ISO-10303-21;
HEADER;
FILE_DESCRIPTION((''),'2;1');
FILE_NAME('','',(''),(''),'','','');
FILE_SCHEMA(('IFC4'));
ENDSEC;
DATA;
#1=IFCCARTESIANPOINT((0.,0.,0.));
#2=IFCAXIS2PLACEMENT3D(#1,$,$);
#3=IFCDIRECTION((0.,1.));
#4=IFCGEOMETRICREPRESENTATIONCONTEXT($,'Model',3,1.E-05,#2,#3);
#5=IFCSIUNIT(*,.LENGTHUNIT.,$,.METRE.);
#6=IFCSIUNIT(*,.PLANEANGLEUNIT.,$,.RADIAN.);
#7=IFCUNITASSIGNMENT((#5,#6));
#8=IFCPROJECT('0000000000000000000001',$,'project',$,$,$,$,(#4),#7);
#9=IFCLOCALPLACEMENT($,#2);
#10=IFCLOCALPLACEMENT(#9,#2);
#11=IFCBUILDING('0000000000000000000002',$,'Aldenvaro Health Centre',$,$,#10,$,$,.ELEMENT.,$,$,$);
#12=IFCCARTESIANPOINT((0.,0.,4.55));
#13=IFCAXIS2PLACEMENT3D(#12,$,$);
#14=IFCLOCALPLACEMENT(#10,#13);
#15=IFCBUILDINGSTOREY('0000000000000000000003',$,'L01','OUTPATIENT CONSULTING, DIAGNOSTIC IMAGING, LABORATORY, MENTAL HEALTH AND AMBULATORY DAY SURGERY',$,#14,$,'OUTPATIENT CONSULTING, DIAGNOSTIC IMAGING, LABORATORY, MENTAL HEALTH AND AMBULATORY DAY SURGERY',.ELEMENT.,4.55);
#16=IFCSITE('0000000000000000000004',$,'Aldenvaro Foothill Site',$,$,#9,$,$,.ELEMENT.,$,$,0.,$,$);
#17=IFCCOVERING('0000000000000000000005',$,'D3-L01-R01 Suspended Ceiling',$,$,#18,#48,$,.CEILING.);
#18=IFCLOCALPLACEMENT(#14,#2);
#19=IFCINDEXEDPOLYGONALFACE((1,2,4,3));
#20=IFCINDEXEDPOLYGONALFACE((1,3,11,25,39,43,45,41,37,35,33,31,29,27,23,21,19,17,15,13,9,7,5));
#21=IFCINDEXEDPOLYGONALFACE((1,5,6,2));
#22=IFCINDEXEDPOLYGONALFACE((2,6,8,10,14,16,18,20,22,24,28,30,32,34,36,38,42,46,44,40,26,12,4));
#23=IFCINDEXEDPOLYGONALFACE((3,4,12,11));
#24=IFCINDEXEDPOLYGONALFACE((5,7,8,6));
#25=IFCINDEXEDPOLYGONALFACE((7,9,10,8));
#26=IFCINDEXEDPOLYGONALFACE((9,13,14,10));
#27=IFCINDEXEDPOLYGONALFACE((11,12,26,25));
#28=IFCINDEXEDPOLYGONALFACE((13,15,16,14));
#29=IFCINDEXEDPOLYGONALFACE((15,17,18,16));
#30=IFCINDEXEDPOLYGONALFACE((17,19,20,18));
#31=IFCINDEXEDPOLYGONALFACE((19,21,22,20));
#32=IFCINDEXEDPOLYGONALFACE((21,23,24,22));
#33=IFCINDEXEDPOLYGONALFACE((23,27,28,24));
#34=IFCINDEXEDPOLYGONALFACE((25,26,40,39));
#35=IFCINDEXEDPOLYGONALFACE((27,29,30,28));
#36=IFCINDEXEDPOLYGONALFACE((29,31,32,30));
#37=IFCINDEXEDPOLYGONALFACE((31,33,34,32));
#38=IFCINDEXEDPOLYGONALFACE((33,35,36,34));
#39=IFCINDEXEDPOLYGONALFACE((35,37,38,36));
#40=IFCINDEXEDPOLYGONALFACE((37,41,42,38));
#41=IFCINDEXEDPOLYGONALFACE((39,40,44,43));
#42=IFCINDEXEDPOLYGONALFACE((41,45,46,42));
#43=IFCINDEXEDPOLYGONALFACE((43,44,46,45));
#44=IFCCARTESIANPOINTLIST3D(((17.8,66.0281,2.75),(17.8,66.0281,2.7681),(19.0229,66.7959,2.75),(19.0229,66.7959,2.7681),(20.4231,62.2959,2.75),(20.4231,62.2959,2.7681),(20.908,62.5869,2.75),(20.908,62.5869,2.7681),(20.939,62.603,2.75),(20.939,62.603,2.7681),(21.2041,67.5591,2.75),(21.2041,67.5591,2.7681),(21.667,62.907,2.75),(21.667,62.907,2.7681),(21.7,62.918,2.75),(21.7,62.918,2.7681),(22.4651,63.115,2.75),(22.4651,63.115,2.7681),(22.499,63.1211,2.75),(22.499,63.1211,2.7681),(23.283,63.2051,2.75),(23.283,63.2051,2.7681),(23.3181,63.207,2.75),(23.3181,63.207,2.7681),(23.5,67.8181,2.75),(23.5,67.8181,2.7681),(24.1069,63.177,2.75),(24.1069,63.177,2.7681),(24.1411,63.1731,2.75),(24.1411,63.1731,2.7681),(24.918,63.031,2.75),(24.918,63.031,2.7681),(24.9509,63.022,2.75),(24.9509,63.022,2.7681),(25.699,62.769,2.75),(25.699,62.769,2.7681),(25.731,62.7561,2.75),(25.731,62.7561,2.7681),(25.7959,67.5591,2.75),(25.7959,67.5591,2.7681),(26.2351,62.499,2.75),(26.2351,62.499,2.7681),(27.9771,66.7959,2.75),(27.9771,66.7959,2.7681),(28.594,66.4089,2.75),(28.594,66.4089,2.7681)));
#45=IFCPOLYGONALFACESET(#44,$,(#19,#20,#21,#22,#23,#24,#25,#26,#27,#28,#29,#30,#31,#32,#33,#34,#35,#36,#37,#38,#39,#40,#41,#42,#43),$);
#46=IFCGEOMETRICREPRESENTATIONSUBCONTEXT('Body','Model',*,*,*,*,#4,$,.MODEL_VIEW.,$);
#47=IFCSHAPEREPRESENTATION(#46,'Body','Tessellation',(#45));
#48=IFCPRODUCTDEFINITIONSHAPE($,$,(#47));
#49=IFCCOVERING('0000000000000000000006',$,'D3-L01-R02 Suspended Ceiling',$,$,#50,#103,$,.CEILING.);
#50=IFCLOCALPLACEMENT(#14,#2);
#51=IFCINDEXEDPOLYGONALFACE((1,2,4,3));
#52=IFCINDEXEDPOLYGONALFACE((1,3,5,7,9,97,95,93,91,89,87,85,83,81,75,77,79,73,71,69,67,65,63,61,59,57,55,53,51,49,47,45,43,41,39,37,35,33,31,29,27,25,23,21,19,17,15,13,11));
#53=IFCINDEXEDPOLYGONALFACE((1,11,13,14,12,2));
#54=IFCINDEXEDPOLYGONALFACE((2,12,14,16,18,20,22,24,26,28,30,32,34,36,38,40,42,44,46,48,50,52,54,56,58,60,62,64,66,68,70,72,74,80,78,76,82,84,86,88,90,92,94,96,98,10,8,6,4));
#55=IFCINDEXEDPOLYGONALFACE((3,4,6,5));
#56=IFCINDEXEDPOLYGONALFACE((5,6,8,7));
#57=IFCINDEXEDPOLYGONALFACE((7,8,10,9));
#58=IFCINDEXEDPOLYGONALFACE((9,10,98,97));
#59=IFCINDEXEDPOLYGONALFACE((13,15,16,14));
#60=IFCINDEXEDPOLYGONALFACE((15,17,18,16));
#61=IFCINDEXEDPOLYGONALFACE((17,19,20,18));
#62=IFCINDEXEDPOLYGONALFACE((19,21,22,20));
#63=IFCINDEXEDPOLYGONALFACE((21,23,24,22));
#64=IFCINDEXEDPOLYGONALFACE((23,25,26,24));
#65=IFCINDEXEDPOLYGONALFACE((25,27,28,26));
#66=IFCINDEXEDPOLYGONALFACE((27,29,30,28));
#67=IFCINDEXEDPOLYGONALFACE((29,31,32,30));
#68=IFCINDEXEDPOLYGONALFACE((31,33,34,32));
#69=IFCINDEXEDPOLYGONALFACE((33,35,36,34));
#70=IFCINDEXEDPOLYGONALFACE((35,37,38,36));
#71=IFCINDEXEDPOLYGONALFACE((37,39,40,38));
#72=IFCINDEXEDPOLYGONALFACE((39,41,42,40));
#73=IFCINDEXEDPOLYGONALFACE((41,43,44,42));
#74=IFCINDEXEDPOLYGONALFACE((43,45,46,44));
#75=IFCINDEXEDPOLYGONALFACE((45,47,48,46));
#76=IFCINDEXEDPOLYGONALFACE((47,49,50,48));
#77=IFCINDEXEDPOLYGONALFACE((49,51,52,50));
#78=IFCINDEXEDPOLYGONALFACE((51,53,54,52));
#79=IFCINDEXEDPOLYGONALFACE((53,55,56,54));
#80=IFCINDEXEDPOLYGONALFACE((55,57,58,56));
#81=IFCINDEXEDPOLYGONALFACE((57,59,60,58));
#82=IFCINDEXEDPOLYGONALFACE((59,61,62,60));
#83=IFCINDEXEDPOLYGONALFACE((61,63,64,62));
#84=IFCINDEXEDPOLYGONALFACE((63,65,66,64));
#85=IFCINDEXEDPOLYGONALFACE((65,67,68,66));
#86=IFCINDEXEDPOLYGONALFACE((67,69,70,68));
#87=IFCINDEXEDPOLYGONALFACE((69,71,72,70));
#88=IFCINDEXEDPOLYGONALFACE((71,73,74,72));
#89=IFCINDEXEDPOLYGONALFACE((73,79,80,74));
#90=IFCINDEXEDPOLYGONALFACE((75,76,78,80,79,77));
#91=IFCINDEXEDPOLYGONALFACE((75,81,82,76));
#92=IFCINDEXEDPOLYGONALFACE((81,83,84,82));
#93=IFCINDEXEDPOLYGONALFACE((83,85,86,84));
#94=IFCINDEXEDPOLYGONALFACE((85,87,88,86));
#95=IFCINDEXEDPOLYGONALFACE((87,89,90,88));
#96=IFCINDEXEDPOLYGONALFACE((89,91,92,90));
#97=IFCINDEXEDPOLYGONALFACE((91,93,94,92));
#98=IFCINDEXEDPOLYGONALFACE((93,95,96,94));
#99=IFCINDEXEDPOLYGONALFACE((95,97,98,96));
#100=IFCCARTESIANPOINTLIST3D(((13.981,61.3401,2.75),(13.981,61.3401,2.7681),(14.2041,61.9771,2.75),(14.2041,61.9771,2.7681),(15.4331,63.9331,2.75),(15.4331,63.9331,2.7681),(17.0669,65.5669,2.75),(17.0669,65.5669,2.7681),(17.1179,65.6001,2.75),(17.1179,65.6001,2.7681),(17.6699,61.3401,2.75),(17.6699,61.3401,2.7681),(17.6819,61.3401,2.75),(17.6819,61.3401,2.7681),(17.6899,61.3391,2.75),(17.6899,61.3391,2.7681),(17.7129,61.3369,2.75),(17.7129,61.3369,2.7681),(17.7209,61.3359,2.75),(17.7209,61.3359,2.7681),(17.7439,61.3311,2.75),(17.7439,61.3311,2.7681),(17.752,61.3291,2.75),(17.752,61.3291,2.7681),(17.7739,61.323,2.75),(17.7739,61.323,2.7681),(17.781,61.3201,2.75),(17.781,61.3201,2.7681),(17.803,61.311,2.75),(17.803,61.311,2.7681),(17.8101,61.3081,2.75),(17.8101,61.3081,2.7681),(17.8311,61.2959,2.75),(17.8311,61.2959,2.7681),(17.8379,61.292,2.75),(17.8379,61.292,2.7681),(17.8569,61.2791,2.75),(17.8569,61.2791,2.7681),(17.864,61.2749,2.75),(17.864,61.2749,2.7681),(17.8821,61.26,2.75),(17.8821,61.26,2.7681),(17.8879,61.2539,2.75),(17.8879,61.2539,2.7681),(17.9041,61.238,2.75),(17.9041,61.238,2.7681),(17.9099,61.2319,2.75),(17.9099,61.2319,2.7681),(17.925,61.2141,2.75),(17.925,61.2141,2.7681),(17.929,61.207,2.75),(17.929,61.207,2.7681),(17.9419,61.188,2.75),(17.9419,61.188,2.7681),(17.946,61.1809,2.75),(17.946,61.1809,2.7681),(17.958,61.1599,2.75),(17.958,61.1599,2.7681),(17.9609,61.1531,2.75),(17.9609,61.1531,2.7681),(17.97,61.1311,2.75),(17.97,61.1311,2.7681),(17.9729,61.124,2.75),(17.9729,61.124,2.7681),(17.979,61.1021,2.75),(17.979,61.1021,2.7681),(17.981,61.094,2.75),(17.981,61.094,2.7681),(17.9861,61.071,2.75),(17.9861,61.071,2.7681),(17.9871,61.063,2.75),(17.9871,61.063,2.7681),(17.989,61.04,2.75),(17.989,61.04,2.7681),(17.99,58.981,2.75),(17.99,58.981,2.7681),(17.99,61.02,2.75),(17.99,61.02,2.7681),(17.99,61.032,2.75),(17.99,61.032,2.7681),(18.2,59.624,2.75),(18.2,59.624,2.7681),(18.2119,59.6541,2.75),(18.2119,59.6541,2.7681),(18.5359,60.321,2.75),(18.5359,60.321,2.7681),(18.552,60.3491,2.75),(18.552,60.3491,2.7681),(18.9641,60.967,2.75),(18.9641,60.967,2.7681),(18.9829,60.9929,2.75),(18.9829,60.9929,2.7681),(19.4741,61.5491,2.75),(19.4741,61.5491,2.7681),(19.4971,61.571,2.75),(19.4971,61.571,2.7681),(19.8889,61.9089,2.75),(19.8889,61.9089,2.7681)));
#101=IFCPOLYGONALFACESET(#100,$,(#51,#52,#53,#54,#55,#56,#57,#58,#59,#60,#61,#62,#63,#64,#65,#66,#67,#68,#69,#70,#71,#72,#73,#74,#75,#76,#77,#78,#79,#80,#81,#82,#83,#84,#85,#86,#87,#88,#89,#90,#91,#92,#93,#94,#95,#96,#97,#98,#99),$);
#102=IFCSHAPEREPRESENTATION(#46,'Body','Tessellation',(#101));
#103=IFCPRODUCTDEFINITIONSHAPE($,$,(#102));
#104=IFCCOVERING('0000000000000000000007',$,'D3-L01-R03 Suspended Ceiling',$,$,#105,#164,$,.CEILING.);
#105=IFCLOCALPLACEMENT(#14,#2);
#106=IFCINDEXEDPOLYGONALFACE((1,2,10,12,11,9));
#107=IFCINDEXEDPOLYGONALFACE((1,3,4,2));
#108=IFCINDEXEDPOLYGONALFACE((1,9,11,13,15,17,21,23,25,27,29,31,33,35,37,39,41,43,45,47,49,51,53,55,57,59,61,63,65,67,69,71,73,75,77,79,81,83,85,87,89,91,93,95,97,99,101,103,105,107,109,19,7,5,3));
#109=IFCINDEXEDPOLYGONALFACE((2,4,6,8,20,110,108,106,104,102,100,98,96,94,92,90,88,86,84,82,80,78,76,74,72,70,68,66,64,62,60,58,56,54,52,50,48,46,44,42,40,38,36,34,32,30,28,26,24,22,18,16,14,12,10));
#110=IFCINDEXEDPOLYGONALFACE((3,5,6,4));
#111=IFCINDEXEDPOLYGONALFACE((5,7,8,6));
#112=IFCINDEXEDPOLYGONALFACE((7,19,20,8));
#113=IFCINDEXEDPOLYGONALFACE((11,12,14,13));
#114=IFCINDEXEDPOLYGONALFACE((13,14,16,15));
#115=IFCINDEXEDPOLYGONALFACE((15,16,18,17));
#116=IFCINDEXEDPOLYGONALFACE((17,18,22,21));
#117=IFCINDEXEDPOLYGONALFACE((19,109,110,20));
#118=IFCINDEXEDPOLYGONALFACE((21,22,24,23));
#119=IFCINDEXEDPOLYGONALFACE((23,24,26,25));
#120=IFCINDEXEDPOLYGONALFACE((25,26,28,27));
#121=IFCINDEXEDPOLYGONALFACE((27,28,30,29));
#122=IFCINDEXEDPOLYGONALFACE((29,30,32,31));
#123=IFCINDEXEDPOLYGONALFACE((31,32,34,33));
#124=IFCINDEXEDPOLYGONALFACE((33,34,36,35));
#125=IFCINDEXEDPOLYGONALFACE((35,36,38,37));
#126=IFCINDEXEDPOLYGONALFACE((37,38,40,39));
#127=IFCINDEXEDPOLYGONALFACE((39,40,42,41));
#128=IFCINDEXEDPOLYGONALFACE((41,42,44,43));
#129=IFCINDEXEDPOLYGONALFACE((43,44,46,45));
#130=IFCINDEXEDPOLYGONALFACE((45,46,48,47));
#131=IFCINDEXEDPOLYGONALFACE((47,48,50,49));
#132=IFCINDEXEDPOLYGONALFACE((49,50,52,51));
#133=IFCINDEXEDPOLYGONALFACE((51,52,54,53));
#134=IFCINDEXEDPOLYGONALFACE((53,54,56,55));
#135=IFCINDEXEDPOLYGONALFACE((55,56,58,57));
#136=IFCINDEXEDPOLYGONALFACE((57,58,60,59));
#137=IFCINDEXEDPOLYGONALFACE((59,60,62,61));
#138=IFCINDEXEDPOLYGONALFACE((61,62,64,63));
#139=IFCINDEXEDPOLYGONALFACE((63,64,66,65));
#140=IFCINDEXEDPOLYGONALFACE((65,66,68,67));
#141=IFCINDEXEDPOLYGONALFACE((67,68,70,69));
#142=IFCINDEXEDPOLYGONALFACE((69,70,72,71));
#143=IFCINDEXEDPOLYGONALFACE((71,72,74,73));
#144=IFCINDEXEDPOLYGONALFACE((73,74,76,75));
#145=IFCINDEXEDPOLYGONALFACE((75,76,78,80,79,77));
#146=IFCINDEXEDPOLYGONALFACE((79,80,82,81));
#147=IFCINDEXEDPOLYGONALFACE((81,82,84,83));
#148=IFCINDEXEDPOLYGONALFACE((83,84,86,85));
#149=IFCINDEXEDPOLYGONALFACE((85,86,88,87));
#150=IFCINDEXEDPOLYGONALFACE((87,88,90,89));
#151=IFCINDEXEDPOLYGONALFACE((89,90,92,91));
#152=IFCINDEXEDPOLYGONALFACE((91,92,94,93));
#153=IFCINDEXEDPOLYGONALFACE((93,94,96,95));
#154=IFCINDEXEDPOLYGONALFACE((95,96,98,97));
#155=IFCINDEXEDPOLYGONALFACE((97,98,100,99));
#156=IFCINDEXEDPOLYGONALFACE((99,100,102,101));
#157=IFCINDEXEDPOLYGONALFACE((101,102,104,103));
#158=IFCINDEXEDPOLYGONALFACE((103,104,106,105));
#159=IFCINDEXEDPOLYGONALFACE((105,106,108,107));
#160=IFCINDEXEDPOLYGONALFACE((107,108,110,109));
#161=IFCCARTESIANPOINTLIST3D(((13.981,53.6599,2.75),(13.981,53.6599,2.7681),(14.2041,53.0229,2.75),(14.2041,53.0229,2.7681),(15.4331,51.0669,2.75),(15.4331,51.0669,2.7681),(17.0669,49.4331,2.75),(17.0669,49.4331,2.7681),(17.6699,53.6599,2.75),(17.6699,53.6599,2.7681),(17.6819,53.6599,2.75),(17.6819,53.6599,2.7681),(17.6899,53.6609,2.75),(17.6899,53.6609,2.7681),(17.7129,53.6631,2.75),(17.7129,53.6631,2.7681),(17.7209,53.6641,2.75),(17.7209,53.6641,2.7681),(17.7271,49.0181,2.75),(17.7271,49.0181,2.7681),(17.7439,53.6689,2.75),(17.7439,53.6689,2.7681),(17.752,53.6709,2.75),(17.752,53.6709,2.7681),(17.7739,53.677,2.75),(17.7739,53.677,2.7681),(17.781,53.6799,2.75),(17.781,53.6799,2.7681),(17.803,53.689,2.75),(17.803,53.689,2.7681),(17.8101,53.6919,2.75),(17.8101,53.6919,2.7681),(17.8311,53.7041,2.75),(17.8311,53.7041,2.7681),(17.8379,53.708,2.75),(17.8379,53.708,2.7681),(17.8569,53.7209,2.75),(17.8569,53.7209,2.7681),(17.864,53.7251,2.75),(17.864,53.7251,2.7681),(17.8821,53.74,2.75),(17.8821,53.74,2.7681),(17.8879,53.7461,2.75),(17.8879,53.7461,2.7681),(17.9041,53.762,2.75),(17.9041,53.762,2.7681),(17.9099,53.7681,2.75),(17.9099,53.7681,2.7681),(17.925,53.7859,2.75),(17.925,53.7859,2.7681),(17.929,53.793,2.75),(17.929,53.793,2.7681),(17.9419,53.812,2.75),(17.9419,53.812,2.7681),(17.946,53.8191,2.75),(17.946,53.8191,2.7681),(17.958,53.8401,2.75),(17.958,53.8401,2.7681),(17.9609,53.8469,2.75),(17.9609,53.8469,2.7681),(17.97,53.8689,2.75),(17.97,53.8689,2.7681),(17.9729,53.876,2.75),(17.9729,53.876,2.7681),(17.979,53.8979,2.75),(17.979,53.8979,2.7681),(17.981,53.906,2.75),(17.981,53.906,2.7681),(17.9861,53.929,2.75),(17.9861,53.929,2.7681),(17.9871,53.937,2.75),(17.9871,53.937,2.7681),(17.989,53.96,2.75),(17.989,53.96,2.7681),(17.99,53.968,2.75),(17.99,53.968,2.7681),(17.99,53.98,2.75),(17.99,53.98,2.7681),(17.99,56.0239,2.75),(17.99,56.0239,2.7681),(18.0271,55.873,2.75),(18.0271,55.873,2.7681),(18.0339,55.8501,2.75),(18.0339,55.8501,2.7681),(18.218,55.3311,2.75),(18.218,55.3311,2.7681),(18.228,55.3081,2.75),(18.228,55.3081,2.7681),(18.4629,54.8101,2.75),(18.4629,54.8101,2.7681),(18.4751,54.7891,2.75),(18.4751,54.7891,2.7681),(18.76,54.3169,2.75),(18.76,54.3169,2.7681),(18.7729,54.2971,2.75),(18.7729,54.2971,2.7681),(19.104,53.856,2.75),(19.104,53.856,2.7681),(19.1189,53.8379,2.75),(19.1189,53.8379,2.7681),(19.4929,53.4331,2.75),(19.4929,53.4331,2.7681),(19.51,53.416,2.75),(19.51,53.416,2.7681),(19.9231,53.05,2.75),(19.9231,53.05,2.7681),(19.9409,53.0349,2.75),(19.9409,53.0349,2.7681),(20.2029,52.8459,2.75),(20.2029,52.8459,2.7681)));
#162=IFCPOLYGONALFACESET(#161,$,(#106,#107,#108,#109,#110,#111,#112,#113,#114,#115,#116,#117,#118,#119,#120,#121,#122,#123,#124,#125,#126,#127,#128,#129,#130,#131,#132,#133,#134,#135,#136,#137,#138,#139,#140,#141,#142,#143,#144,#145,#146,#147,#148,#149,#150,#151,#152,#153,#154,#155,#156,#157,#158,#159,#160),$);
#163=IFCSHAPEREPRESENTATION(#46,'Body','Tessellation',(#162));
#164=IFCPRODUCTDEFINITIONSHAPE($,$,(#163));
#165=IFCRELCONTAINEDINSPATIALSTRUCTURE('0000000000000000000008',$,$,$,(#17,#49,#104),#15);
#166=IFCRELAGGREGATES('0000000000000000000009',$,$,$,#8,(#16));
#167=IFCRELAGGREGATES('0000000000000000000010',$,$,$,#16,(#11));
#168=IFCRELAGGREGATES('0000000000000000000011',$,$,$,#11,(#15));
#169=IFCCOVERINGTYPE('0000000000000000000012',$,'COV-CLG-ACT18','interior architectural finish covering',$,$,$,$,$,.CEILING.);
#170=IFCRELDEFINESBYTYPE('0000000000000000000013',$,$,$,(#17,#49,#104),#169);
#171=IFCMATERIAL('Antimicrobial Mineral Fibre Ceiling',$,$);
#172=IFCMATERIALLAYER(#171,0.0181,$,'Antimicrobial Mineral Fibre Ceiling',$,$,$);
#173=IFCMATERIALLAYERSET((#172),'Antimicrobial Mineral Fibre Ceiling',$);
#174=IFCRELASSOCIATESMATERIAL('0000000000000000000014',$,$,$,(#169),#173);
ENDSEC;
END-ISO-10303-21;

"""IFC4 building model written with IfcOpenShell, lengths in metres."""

from ifc_helpers import new_model, si_unit, direction, frame, origin, place, context, subcontext, project, spatial, polyline, outline, extrude, material, layer, layer_set, type_object, element, save


model = new_model("IFC4")

# Units and contexts
model_context = context("Model", 3, precision=1e-05, world=origin(), true_north=direction((0.0, 1.0)))
body_context = subcontext(model_context, "Body", "Model", "MODEL_VIEW")
ifc_project = project(units=[si_unit("LENGTHUNIT", "METRE"), si_unit("PLANEANGLEUNIT", "RADIAN")], contexts=[model_context])

# Site, building, storey
site_placement = place(None, origin())
site = spatial("IfcSite", under=ifc_project, at=site_placement, Name="Aldenvaro Foothill Site", CompositionType="ELEMENT", RefElevation=0.0)
building_placement = place(site_placement, origin())
building = spatial("IfcBuilding", under=site, at=building_placement, Name="Aldenvaro Health Centre", CompositionType="ELEMENT")
storey_placement = place(building_placement, frame((0.0, 0.0, 4.55)))
storey = spatial("IfcBuildingStorey", under=building, at=storey_placement, Name="L01", Description="OUTPATIENT CONSULTING, DIAGNOSTIC IMAGING, LABORATORY, MENTAL HEALTH AND AMBULATORY DAY SURGERY", LongName="OUTPATIENT CONSULTING, DIAGNOSTIC IMAGING, LABORATORY, MENTAL HEALTH AND AMBULATORY DAY SURGERY", CompositionType="ELEMENT", Elevation=4.55)

# Coverings
ifc_material_1 = material(Name="Antimicrobial Mineral Fibre Ceiling")
ifc_layer_1 = layer(ifc_material_1, 0.0181, Name="Antimicrobial Mineral Fibre Ceiling")
ifc_layer_set_1 = layer_set([ifc_layer_1], Name="Antimicrobial Mineral Fibre Ceiling")
covering_type_1 = type_object("IfcCoveringType", Name="COV-CLG-ACT18", Description="interior architectural finish covering", PredefinedType="CEILING", material=ifc_layer_set_1)
covering_1_placement = place(storey_placement, frame((0.0, 0.0, 2.75)))
element("IfcCovering", 1, at=covering_1_placement, inside=storey, type_object=covering_type_1, Name="D3-L01-R01 Suspended Ceiling", PredefinedType="CEILING", context=body_context, shape_type="SweptSolid", body=[
    extrude(outline(polyline([(25.731, 62.7561), (25.699, 62.769), (24.9509, 63.022), (24.918, 63.031), (24.1411, 63.1731), (24.1069, 63.177), (23.3181, 63.207), (23.283, 63.2051), (22.499, 63.1211), (22.4651, 63.115), (21.7, 62.918), (21.667, 62.907), (20.939, 62.603), (20.908, 62.5869), (20.4231, 62.2959), (17.8, 66.0281), (19.0229, 66.7959), (21.2041, 67.5591), (23.5, 67.8181), (25.7959, 67.5591), (27.9771, 66.7959), (28.594, 66.4089), (26.2351, 62.499), (25.731, 62.7561)])), origin(), (0.0, 0.0, 1.0), 0.0181),
])
covering_2_placement = place(storey_placement, frame((0.0, 0.0, 2.75)))
element("IfcCovering", 2, at=covering_2_placement, inside=storey, type_object=covering_type_1, Name="D3-L01-R02 Suspended Ceiling", PredefinedType="CEILING", context=body_context, shape_type="SweptSolid", body=[
    extrude(outline(polyline([(17.99, 58.981), (17.99, 61.02), (17.99, 61.032), (17.989, 61.04), (17.9871, 61.063), (17.9861, 61.071), (17.981, 61.094), (17.979, 61.1021), (17.9729, 61.124), (17.97, 61.1311), (17.9609, 61.1531), (17.958, 61.1599), (17.946, 61.1809), (17.9419, 61.188), (17.929, 61.207), (17.925, 61.2141), (17.9099, 61.2319), (17.9041, 61.238), (17.8879, 61.2539), (17.8821, 61.26), (17.864, 61.2749), (17.8569, 61.2791), (17.8379, 61.292), (17.8311, 61.2959), (17.8101, 61.3081), (17.803, 61.311), (17.781, 61.3201), (17.7739, 61.323), (17.752, 61.3291), (17.7439, 61.3311), (17.7209, 61.3359), (17.7129, 61.3369), (17.6899, 61.3391), (17.6819, 61.3401), (17.6699, 61.3401), (13.981, 61.3401), (14.2041, 61.9771), (15.4331, 63.9331), (17.0669, 65.5669), (17.1179, 65.6001), (19.8889, 61.9089), (19.4971, 61.571), (19.4741, 61.5491), (18.9829, 60.9929), (18.9641, 60.967), (18.552, 60.3491), (18.5359, 60.321), (18.2119, 59.6541), (18.2, 59.624), (17.99, 58.981)])), origin(), (0.0, 0.0, 1.0), 0.0181),
])
covering_3_placement = place(storey_placement, frame((0.0, 0.0, 2.75)))
element("IfcCovering", 3, at=covering_3_placement, inside=storey, type_object=covering_type_1, Name="D3-L01-R03 Suspended Ceiling", PredefinedType="CEILING", context=body_context, shape_type="SweptSolid", body=[
    extrude(outline(polyline([(17.99, 56.0239), (18.0271, 55.873), (18.0339, 55.8501), (18.218, 55.3311), (18.228, 55.3081), (18.4629, 54.8101), (18.4751, 54.7891), (18.76, 54.3169), (18.7729, 54.2971), (19.104, 53.856), (19.1189, 53.8379), (19.4929, 53.4331), (19.51, 53.416), (19.9231, 53.05), (19.9409, 53.0349), (20.2029, 52.8459), (17.7271, 49.0181), (17.0669, 49.4331), (15.4331, 51.0669), (14.2041, 53.0229), (13.981, 53.6599), (17.6699, 53.6599), (17.6819, 53.6599), (17.6899, 53.6609), (17.7129, 53.6631), (17.7209, 53.6641), (17.7439, 53.6689), (17.752, 53.6709), (17.7739, 53.677), (17.781, 53.6799), (17.803, 53.689), (17.8101, 53.6919), (17.8311, 53.7041), (17.8379, 53.708), (17.8569, 53.7209), (17.864, 53.7251), (17.8821, 53.74), (17.8879, 53.7461), (17.9041, 53.762), (17.9099, 53.7681), (17.925, 53.7859), (17.929, 53.793), (17.9419, 53.812), (17.946, 53.8191), (17.958, 53.8401), (17.9609, 53.8469), (17.97, 53.8689), (17.9729, 53.876), (17.979, 53.8979), (17.981, 53.906), (17.9861, 53.929), (17.9871, 53.937), (17.989, 53.96), (17.99, 53.968), (17.99, 53.98), (17.99, 56.0239)])), origin(), (0.0, 0.0, 1.0), 0.0181),
])

save(model, "model.ifc")
